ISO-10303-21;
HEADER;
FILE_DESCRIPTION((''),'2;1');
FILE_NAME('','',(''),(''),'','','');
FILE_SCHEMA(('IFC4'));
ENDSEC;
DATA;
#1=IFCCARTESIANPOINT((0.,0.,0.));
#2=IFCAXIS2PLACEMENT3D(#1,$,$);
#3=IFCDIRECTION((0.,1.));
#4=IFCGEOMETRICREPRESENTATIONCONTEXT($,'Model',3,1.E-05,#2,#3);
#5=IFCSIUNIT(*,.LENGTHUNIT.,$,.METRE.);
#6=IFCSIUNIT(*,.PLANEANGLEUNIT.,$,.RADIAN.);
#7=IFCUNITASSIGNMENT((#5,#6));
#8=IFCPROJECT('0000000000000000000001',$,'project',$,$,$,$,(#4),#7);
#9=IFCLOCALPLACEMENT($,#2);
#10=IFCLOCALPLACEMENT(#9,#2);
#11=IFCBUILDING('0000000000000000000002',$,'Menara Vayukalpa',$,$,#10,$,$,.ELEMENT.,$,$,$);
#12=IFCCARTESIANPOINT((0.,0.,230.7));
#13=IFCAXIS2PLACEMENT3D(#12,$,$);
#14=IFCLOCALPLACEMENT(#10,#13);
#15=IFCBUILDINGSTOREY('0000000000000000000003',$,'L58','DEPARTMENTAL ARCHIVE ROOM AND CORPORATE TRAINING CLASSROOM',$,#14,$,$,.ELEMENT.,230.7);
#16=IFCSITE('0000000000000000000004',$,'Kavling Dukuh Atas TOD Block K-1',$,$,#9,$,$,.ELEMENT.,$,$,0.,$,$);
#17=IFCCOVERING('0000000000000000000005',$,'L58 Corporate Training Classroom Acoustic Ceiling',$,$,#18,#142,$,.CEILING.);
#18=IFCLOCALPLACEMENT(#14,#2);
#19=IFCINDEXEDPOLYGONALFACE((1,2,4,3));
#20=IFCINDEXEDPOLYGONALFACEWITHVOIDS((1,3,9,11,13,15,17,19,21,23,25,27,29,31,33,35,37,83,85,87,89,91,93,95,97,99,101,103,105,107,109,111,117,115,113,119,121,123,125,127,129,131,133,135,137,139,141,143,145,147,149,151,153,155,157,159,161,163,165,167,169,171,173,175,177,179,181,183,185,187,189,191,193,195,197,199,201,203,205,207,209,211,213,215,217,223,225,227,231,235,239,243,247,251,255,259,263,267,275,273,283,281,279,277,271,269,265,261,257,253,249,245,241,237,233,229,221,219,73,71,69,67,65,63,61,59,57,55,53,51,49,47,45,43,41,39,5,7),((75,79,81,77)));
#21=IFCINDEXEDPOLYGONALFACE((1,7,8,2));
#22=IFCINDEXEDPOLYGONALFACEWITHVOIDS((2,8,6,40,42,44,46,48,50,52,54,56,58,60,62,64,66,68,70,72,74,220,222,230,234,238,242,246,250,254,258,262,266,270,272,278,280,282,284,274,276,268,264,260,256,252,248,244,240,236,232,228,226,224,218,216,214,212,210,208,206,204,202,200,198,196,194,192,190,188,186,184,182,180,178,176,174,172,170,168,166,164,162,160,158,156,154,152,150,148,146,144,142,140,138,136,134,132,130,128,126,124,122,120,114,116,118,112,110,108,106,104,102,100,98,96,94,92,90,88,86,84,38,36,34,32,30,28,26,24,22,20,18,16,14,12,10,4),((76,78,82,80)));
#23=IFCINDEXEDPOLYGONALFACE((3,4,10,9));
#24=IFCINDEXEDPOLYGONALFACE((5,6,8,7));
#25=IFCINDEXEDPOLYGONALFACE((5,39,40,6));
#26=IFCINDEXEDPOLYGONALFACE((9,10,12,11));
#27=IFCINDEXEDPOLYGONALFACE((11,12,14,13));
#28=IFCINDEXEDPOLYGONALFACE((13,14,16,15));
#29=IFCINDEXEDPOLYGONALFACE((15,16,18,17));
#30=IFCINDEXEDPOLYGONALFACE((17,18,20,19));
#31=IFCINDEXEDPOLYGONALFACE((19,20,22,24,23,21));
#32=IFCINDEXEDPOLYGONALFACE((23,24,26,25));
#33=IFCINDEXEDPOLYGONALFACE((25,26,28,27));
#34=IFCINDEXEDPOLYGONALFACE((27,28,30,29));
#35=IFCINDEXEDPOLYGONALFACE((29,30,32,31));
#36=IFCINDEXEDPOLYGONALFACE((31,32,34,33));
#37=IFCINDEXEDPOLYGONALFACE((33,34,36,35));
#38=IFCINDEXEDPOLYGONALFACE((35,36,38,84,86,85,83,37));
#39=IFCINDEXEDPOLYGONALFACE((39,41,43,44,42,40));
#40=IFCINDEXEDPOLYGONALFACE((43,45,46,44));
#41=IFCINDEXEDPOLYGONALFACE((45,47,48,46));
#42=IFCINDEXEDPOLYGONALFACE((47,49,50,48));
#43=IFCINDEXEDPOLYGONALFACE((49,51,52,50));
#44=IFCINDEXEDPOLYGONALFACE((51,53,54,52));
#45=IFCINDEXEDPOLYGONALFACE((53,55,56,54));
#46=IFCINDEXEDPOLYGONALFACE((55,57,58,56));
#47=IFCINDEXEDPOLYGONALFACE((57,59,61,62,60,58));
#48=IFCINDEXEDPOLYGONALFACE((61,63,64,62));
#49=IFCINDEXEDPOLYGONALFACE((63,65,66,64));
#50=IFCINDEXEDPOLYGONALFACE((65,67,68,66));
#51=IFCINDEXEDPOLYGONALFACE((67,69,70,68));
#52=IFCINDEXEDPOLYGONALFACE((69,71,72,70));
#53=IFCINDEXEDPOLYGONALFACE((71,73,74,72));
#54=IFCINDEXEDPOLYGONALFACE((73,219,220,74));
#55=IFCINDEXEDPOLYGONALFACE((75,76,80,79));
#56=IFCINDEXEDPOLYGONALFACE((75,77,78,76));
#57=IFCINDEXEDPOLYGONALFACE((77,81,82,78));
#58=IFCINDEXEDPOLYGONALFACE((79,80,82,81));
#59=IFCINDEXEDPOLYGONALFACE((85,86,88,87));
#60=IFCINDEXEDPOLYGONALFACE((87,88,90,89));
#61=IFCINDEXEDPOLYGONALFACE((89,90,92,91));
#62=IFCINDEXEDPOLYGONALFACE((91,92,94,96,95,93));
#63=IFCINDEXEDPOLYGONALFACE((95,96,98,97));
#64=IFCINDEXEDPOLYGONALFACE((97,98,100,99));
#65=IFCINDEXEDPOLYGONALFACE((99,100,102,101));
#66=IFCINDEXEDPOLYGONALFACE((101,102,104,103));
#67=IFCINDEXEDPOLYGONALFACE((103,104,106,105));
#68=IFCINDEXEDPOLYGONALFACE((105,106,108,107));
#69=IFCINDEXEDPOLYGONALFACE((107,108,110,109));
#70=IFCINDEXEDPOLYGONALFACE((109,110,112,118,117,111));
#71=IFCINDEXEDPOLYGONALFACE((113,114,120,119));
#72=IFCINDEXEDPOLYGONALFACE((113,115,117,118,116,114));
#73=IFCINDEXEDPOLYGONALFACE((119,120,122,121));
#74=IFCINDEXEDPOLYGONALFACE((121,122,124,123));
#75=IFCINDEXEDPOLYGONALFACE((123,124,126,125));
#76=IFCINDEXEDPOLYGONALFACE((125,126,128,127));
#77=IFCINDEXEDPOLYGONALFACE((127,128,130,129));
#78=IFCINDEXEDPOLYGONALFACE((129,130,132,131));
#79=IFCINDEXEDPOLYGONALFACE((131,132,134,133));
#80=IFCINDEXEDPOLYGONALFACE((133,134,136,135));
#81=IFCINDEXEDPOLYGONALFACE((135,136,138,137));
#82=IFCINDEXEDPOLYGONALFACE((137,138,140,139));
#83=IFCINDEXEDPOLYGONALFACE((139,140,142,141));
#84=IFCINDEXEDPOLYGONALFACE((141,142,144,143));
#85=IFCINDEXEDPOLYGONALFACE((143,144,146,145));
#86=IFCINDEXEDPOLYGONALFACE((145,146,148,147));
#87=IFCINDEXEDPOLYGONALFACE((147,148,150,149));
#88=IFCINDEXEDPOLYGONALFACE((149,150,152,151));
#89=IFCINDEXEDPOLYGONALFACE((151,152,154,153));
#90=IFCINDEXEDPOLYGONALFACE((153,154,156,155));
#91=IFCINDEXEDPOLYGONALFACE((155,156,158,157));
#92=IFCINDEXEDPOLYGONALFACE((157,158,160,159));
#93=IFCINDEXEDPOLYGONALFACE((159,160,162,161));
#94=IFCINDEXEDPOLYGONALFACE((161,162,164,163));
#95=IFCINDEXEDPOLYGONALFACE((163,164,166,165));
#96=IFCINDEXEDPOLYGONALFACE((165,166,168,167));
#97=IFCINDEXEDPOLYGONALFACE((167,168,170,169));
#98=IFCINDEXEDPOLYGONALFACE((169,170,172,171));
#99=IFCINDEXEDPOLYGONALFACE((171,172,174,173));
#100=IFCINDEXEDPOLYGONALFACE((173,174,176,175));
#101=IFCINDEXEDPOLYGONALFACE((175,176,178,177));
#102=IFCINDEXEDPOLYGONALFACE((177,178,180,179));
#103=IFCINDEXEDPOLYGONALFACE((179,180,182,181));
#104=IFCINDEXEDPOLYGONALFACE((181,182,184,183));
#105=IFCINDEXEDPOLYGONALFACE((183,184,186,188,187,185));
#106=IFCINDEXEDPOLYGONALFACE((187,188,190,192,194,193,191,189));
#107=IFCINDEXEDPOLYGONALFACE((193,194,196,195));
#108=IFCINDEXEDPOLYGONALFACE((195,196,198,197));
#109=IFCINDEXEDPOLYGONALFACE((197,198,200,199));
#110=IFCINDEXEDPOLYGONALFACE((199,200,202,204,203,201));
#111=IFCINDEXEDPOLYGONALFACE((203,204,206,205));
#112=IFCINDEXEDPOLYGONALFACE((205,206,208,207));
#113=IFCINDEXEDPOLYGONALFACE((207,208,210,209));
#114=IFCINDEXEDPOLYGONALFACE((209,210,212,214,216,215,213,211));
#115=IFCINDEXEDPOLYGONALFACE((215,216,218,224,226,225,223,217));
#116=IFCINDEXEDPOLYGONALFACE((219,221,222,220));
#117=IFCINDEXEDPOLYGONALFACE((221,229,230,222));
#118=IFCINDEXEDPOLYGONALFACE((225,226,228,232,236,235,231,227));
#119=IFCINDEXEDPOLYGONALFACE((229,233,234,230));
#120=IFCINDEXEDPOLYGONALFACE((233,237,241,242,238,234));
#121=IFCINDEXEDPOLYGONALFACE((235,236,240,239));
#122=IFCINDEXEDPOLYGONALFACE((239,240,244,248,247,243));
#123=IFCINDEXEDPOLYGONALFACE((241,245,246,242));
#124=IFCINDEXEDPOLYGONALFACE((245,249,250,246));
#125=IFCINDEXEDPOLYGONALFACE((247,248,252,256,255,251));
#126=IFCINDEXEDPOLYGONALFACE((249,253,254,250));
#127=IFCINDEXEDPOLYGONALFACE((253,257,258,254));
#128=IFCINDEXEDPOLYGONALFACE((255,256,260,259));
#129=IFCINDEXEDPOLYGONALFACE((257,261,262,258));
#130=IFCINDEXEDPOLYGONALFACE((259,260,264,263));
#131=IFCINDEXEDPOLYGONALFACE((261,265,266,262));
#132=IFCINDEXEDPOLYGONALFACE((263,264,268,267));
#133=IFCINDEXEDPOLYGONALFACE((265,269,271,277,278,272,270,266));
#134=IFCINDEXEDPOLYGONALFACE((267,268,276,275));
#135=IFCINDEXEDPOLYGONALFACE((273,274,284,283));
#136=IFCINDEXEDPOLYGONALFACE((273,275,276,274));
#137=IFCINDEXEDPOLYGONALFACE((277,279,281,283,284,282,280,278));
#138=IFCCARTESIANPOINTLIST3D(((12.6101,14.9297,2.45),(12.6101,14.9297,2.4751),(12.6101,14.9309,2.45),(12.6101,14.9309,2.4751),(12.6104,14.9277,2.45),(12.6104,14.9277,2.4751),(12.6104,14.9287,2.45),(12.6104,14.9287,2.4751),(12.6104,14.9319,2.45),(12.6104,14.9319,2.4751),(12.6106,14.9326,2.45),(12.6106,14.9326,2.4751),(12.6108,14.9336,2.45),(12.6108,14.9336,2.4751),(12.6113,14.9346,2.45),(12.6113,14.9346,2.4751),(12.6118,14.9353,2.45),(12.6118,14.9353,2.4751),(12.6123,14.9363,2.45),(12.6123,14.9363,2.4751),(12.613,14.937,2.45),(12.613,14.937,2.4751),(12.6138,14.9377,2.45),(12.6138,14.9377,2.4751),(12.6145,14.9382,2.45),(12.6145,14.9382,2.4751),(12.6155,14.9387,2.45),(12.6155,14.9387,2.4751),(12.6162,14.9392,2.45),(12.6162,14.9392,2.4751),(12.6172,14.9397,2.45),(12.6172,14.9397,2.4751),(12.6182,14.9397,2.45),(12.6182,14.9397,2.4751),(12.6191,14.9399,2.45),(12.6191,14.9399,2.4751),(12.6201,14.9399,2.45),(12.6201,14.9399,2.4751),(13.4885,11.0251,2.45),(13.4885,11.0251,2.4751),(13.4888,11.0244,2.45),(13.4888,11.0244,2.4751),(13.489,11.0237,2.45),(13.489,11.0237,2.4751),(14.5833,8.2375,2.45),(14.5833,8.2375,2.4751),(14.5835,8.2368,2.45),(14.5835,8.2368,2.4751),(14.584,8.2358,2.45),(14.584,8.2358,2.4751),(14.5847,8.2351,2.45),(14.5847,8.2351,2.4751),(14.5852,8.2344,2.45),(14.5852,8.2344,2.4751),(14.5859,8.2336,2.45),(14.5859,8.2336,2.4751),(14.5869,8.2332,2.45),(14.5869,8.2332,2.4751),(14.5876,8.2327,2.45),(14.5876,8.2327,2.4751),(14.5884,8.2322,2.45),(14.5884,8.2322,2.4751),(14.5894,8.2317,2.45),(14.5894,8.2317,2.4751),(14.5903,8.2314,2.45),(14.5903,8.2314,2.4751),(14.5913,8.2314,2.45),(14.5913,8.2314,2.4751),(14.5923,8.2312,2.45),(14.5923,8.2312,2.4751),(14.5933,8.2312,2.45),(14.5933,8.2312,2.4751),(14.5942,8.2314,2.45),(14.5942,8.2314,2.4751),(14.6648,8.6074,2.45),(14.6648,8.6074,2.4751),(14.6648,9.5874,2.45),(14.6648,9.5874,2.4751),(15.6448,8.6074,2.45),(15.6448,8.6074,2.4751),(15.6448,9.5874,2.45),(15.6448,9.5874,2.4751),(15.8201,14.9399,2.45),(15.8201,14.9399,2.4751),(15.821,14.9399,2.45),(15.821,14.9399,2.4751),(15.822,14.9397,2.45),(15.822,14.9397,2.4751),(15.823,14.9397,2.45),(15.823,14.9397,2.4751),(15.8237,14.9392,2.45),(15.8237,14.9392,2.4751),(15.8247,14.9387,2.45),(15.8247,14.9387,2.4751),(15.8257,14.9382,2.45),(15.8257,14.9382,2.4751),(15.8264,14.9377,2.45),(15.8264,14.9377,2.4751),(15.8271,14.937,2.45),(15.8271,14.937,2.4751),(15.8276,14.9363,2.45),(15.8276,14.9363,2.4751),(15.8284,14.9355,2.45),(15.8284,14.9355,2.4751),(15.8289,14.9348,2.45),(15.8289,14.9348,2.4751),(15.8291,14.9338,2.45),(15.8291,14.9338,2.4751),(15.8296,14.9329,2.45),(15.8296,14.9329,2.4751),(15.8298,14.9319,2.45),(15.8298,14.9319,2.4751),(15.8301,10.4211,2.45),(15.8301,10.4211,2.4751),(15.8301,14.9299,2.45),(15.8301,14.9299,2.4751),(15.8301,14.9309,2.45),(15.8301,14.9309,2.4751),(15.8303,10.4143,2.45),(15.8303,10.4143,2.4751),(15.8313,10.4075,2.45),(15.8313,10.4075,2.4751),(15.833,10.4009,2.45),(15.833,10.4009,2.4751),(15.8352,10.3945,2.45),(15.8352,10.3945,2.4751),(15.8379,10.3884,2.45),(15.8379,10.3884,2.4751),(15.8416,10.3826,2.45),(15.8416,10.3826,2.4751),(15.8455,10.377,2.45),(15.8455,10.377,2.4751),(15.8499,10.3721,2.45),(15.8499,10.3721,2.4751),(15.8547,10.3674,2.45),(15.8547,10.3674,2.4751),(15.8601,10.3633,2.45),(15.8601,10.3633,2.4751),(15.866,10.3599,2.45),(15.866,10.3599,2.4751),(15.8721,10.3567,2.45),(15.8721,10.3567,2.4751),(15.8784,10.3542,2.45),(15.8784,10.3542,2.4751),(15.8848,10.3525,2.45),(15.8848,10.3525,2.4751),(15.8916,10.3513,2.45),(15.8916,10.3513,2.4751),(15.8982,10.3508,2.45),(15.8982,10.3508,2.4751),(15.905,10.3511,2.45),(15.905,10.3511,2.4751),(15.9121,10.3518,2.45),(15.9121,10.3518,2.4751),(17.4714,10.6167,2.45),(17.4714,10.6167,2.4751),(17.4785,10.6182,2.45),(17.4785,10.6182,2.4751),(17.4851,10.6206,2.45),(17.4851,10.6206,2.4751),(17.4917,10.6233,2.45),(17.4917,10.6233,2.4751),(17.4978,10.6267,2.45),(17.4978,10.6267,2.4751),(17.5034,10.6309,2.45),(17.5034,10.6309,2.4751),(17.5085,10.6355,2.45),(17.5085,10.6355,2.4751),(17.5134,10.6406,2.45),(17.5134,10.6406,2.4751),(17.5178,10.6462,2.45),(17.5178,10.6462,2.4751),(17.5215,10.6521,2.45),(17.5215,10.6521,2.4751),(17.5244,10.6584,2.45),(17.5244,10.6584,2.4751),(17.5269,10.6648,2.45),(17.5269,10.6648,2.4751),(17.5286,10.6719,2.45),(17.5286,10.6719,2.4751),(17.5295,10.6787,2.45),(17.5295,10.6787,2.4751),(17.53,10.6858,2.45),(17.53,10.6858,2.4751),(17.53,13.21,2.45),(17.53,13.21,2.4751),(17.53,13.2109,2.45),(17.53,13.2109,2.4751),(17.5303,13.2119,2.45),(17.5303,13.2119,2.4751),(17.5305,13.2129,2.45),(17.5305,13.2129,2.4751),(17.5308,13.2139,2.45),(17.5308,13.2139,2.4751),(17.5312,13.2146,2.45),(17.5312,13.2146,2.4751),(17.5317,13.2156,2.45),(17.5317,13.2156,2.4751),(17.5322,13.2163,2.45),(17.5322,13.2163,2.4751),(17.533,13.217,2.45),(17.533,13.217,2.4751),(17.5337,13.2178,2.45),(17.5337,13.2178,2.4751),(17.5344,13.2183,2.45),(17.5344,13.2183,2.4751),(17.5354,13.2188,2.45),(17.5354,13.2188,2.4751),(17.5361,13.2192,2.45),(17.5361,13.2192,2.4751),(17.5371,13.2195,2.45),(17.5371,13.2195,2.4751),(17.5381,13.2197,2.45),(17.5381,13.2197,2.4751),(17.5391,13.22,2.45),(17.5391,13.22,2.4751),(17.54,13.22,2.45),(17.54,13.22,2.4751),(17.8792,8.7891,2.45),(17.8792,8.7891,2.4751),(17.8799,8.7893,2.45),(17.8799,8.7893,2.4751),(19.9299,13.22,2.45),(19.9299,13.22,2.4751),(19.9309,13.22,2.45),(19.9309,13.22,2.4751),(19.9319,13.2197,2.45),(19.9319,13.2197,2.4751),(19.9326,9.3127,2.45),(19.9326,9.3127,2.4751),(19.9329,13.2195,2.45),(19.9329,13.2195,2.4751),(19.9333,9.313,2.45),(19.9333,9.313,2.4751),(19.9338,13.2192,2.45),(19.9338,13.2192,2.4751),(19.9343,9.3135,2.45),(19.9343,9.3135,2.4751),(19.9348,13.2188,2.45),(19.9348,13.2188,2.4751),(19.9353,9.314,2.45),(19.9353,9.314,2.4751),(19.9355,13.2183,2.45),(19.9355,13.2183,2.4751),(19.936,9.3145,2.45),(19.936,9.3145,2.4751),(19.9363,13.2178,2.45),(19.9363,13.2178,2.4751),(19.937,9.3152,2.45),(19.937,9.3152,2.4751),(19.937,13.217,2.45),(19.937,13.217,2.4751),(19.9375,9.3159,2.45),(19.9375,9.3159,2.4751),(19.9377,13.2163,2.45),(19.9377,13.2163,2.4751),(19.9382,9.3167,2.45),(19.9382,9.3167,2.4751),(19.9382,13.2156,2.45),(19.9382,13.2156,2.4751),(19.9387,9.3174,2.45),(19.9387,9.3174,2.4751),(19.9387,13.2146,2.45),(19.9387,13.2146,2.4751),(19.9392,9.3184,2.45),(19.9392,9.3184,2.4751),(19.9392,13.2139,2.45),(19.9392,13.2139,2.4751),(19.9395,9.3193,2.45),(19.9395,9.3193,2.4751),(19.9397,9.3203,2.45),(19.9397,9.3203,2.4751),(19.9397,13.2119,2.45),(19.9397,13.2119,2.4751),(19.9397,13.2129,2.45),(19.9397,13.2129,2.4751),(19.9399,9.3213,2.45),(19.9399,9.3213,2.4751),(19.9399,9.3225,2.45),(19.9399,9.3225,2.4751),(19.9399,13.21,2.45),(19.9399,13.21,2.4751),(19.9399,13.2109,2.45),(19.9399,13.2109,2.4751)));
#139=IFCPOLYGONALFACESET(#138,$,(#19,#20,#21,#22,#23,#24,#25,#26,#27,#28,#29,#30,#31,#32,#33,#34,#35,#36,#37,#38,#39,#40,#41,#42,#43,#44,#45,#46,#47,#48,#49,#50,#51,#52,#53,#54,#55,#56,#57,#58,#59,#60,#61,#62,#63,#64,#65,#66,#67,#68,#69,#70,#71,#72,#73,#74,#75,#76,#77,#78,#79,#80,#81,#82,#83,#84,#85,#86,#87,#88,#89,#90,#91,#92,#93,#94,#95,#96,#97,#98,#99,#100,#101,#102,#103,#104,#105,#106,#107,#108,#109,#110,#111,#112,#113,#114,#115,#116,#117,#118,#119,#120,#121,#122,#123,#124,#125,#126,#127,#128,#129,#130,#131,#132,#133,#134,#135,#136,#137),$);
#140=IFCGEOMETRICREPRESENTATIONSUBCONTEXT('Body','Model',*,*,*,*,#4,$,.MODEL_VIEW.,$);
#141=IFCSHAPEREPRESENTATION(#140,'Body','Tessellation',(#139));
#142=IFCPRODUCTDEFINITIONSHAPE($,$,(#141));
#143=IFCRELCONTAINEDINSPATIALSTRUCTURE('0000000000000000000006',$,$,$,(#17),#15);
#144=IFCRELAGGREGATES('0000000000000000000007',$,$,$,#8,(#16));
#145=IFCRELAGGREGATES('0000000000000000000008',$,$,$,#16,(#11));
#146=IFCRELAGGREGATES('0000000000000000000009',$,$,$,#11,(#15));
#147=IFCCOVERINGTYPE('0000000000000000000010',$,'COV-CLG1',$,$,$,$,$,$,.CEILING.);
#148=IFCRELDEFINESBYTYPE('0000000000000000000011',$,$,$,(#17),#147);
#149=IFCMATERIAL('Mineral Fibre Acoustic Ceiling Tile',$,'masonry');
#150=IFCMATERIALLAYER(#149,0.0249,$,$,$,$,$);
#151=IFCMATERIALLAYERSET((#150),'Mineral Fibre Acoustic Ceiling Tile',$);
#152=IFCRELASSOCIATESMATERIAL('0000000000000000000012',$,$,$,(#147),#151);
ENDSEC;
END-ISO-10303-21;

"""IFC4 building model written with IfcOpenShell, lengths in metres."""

from ifc_helpers import new_model, si_unit, direction, frame, origin, place, context, subcontext, project, spatial, polyline, outline, extrude, material, layer, layer_set, type_object, element, save


model = new_model("IFC4")

# Units and contexts
model_context = context("Model", 3, precision=1e-05, world=origin(), true_north=direction((0.0, 1.0)))
body_context = subcontext(model_context, "Body", "Model", "MODEL_VIEW")
ifc_project = project(units=[si_unit("LENGTHUNIT", "METRE"), si_unit("PLANEANGLEUNIT", "RADIAN")], contexts=[model_context])

# Site, building, storey
site_placement = place(None, origin())
site = spatial("IfcSite", under=ifc_project, at=site_placement, Name="Kavling Dukuh Atas TOD Block K-1", CompositionType="ELEMENT", RefElevation=0.0)
building_placement = place(site_placement, origin())
building = spatial("IfcBuilding", under=site, at=building_placement, Name="Menara Vayukalpa", CompositionType="ELEMENT")
storey_placement = place(building_placement, frame((0.0, 0.0, 230.7)))
storey = spatial("IfcBuildingStorey", under=building, at=storey_placement, Name="L58", Description="DEPARTMENTAL ARCHIVE ROOM AND CORPORATE TRAINING CLASSROOM", CompositionType="ELEMENT", Elevation=230.7)

# Covering
ifc_material_1 = material(Name="Mineral Fibre Acoustic Ceiling Tile", Category="masonry")
ifc_layer_1 = layer(ifc_material_1, 0.0249)
ifc_layer_set_1 = layer_set([ifc_layer_1], Name="Mineral Fibre Acoustic Ceiling Tile")
covering_type_1 = type_object("IfcCoveringType", Name="COV-CLG1", PredefinedType="CEILING", material=ifc_layer_set_1)
covering_1_placement = place(storey_placement, frame((0.0, 0.0, 2.45)))
element("IfcCovering", 1, at=covering_1_placement, inside=storey, type_object=covering_type_1, Name="L58 Corporate Training Classroom Acoustic Ceiling", PredefinedType="CEILING", context=body_context, shape_type="SweptSolid", body=[
    extrude(outline(polyline([(14.5942, 8.2314), (14.5933, 8.2312), (14.5923, 8.2312), (14.5913, 8.2314), (14.5903, 8.2314), (14.5894, 8.2317), (14.5884, 8.2322), (14.5876, 8.2327), (14.5869, 8.2332), (14.5859, 8.2336), (14.5852, 8.2344), (14.5847, 8.2351), (14.584, 8.2358), (14.5835, 8.2368), (14.5833, 8.2375), (13.489, 11.0237), (13.4888, 11.0244), (13.4885, 11.0251), (12.6104, 14.9277), (12.6104, 14.9287), (12.6101, 14.9297), (12.6101, 14.9309), (12.6104, 14.9319), (12.6106, 14.9326), (12.6108, 14.9336), (12.6113, 14.9346), (12.6118, 14.9353), (12.6123, 14.9363), (12.613, 14.937), (12.6138, 14.9377), (12.6145, 14.9382), (12.6155, 14.9387), (12.6162, 14.9392), (12.6172, 14.9397), (12.6182, 14.9397), (12.6191, 14.9399), (12.6201, 14.9399), (15.8201, 14.9399), (15.821, 14.9399), (15.822, 14.9397), (15.823, 14.9397), (15.8237, 14.9392), (15.8247, 14.9387), (15.8257, 14.9382), (15.8264, 14.9377), (15.8271, 14.937), (15.8276, 14.9363), (15.8284, 14.9355), (15.8289, 14.9348), (15.8291, 14.9338), (15.8296, 14.9329), (15.8298, 14.9319), (15.8301, 14.9309), (15.8301, 14.9299), (15.8301, 10.4211), (15.8303, 10.4143), (15.8313, 10.4075), (15.833, 10.4009), (15.8352, 10.3945), (15.8379, 10.3884), (15.8416, 10.3826), (15.8455, 10.377), (15.8499, 10.3721), (15.8547, 10.3674), (15.8601, 10.3633), (15.866, 10.3599), (15.8721, 10.3567), (15.8784, 10.3542), (15.8848, 10.3525), (15.8916, 10.3513), (15.8982, 10.3508), (15.905, 10.3511), (15.9121, 10.3518), (17.4714, 10.6167), (17.4785, 10.6182), (17.4851, 10.6206), (17.4917, 10.6233), (17.4978, 10.6267), (17.5034, 10.6309), (17.5085, 10.6355), (17.5134, 10.6406), (17.5178, 10.6462), (17.5215, 10.6521), (17.5244, 10.6584), (17.5269, 10.6648), (17.5286, 10.6719), (17.5295, 10.6787), (17.53, 10.6858), (17.53, 13.21), (17.53, 13.2109), (17.5303, 13.2119), (17.5305, 13.2129), (17.5308, 13.2139), (17.5312, 13.2146), (17.5317, 13.2156), (17.5322, 13.2163), (17.533, 13.217), (17.5337, 13.2178), (17.5344, 13.2183), (17.5354, 13.2188), (17.5361, 13.2192), (17.5371, 13.2195), (17.5381, 13.2197), (17.5391, 13.22), (17.54, 13.22), (19.9299, 13.22), (19.9309, 13.22), (19.9319, 13.2197), (19.9329, 13.2195), (19.9338, 13.2192), (19.9348, 13.2188), (19.9355, 13.2183), (19.9363, 13.2178), (19.937, 13.217), (19.9377, 13.2163), (19.9382, 13.2156), (19.9387, 13.2146), (19.9392, 13.2139), (19.9397, 13.2129), (19.9397, 13.2119), (19.9399, 13.2109), (19.9399, 13.21), (19.9399, 9.3225), (19.9399, 9.3213), (19.9397, 9.3203), (19.9395, 9.3193), (19.9392, 9.3184), (19.9387, 9.3174), (19.9382, 9.3167), (19.9375, 9.3159), (19.937, 9.3152), (19.936, 9.3145), (19.9353, 9.314), (19.9343, 9.3135), (19.9333, 9.313), (19.9326, 9.3127), (17.8799, 8.7893), (17.8792, 8.7891), (14.5942, 8.2314)]), holes=[polyline([(15.6448, 9.5874), (14.6648, 9.5874), (14.6648, 8.6074), (15.6448, 8.6074), (15.6448, 9.5874)])]), origin(), (0.0, 0.0, 1.0), 0.0251),
])

save(model, "model.ifc")
